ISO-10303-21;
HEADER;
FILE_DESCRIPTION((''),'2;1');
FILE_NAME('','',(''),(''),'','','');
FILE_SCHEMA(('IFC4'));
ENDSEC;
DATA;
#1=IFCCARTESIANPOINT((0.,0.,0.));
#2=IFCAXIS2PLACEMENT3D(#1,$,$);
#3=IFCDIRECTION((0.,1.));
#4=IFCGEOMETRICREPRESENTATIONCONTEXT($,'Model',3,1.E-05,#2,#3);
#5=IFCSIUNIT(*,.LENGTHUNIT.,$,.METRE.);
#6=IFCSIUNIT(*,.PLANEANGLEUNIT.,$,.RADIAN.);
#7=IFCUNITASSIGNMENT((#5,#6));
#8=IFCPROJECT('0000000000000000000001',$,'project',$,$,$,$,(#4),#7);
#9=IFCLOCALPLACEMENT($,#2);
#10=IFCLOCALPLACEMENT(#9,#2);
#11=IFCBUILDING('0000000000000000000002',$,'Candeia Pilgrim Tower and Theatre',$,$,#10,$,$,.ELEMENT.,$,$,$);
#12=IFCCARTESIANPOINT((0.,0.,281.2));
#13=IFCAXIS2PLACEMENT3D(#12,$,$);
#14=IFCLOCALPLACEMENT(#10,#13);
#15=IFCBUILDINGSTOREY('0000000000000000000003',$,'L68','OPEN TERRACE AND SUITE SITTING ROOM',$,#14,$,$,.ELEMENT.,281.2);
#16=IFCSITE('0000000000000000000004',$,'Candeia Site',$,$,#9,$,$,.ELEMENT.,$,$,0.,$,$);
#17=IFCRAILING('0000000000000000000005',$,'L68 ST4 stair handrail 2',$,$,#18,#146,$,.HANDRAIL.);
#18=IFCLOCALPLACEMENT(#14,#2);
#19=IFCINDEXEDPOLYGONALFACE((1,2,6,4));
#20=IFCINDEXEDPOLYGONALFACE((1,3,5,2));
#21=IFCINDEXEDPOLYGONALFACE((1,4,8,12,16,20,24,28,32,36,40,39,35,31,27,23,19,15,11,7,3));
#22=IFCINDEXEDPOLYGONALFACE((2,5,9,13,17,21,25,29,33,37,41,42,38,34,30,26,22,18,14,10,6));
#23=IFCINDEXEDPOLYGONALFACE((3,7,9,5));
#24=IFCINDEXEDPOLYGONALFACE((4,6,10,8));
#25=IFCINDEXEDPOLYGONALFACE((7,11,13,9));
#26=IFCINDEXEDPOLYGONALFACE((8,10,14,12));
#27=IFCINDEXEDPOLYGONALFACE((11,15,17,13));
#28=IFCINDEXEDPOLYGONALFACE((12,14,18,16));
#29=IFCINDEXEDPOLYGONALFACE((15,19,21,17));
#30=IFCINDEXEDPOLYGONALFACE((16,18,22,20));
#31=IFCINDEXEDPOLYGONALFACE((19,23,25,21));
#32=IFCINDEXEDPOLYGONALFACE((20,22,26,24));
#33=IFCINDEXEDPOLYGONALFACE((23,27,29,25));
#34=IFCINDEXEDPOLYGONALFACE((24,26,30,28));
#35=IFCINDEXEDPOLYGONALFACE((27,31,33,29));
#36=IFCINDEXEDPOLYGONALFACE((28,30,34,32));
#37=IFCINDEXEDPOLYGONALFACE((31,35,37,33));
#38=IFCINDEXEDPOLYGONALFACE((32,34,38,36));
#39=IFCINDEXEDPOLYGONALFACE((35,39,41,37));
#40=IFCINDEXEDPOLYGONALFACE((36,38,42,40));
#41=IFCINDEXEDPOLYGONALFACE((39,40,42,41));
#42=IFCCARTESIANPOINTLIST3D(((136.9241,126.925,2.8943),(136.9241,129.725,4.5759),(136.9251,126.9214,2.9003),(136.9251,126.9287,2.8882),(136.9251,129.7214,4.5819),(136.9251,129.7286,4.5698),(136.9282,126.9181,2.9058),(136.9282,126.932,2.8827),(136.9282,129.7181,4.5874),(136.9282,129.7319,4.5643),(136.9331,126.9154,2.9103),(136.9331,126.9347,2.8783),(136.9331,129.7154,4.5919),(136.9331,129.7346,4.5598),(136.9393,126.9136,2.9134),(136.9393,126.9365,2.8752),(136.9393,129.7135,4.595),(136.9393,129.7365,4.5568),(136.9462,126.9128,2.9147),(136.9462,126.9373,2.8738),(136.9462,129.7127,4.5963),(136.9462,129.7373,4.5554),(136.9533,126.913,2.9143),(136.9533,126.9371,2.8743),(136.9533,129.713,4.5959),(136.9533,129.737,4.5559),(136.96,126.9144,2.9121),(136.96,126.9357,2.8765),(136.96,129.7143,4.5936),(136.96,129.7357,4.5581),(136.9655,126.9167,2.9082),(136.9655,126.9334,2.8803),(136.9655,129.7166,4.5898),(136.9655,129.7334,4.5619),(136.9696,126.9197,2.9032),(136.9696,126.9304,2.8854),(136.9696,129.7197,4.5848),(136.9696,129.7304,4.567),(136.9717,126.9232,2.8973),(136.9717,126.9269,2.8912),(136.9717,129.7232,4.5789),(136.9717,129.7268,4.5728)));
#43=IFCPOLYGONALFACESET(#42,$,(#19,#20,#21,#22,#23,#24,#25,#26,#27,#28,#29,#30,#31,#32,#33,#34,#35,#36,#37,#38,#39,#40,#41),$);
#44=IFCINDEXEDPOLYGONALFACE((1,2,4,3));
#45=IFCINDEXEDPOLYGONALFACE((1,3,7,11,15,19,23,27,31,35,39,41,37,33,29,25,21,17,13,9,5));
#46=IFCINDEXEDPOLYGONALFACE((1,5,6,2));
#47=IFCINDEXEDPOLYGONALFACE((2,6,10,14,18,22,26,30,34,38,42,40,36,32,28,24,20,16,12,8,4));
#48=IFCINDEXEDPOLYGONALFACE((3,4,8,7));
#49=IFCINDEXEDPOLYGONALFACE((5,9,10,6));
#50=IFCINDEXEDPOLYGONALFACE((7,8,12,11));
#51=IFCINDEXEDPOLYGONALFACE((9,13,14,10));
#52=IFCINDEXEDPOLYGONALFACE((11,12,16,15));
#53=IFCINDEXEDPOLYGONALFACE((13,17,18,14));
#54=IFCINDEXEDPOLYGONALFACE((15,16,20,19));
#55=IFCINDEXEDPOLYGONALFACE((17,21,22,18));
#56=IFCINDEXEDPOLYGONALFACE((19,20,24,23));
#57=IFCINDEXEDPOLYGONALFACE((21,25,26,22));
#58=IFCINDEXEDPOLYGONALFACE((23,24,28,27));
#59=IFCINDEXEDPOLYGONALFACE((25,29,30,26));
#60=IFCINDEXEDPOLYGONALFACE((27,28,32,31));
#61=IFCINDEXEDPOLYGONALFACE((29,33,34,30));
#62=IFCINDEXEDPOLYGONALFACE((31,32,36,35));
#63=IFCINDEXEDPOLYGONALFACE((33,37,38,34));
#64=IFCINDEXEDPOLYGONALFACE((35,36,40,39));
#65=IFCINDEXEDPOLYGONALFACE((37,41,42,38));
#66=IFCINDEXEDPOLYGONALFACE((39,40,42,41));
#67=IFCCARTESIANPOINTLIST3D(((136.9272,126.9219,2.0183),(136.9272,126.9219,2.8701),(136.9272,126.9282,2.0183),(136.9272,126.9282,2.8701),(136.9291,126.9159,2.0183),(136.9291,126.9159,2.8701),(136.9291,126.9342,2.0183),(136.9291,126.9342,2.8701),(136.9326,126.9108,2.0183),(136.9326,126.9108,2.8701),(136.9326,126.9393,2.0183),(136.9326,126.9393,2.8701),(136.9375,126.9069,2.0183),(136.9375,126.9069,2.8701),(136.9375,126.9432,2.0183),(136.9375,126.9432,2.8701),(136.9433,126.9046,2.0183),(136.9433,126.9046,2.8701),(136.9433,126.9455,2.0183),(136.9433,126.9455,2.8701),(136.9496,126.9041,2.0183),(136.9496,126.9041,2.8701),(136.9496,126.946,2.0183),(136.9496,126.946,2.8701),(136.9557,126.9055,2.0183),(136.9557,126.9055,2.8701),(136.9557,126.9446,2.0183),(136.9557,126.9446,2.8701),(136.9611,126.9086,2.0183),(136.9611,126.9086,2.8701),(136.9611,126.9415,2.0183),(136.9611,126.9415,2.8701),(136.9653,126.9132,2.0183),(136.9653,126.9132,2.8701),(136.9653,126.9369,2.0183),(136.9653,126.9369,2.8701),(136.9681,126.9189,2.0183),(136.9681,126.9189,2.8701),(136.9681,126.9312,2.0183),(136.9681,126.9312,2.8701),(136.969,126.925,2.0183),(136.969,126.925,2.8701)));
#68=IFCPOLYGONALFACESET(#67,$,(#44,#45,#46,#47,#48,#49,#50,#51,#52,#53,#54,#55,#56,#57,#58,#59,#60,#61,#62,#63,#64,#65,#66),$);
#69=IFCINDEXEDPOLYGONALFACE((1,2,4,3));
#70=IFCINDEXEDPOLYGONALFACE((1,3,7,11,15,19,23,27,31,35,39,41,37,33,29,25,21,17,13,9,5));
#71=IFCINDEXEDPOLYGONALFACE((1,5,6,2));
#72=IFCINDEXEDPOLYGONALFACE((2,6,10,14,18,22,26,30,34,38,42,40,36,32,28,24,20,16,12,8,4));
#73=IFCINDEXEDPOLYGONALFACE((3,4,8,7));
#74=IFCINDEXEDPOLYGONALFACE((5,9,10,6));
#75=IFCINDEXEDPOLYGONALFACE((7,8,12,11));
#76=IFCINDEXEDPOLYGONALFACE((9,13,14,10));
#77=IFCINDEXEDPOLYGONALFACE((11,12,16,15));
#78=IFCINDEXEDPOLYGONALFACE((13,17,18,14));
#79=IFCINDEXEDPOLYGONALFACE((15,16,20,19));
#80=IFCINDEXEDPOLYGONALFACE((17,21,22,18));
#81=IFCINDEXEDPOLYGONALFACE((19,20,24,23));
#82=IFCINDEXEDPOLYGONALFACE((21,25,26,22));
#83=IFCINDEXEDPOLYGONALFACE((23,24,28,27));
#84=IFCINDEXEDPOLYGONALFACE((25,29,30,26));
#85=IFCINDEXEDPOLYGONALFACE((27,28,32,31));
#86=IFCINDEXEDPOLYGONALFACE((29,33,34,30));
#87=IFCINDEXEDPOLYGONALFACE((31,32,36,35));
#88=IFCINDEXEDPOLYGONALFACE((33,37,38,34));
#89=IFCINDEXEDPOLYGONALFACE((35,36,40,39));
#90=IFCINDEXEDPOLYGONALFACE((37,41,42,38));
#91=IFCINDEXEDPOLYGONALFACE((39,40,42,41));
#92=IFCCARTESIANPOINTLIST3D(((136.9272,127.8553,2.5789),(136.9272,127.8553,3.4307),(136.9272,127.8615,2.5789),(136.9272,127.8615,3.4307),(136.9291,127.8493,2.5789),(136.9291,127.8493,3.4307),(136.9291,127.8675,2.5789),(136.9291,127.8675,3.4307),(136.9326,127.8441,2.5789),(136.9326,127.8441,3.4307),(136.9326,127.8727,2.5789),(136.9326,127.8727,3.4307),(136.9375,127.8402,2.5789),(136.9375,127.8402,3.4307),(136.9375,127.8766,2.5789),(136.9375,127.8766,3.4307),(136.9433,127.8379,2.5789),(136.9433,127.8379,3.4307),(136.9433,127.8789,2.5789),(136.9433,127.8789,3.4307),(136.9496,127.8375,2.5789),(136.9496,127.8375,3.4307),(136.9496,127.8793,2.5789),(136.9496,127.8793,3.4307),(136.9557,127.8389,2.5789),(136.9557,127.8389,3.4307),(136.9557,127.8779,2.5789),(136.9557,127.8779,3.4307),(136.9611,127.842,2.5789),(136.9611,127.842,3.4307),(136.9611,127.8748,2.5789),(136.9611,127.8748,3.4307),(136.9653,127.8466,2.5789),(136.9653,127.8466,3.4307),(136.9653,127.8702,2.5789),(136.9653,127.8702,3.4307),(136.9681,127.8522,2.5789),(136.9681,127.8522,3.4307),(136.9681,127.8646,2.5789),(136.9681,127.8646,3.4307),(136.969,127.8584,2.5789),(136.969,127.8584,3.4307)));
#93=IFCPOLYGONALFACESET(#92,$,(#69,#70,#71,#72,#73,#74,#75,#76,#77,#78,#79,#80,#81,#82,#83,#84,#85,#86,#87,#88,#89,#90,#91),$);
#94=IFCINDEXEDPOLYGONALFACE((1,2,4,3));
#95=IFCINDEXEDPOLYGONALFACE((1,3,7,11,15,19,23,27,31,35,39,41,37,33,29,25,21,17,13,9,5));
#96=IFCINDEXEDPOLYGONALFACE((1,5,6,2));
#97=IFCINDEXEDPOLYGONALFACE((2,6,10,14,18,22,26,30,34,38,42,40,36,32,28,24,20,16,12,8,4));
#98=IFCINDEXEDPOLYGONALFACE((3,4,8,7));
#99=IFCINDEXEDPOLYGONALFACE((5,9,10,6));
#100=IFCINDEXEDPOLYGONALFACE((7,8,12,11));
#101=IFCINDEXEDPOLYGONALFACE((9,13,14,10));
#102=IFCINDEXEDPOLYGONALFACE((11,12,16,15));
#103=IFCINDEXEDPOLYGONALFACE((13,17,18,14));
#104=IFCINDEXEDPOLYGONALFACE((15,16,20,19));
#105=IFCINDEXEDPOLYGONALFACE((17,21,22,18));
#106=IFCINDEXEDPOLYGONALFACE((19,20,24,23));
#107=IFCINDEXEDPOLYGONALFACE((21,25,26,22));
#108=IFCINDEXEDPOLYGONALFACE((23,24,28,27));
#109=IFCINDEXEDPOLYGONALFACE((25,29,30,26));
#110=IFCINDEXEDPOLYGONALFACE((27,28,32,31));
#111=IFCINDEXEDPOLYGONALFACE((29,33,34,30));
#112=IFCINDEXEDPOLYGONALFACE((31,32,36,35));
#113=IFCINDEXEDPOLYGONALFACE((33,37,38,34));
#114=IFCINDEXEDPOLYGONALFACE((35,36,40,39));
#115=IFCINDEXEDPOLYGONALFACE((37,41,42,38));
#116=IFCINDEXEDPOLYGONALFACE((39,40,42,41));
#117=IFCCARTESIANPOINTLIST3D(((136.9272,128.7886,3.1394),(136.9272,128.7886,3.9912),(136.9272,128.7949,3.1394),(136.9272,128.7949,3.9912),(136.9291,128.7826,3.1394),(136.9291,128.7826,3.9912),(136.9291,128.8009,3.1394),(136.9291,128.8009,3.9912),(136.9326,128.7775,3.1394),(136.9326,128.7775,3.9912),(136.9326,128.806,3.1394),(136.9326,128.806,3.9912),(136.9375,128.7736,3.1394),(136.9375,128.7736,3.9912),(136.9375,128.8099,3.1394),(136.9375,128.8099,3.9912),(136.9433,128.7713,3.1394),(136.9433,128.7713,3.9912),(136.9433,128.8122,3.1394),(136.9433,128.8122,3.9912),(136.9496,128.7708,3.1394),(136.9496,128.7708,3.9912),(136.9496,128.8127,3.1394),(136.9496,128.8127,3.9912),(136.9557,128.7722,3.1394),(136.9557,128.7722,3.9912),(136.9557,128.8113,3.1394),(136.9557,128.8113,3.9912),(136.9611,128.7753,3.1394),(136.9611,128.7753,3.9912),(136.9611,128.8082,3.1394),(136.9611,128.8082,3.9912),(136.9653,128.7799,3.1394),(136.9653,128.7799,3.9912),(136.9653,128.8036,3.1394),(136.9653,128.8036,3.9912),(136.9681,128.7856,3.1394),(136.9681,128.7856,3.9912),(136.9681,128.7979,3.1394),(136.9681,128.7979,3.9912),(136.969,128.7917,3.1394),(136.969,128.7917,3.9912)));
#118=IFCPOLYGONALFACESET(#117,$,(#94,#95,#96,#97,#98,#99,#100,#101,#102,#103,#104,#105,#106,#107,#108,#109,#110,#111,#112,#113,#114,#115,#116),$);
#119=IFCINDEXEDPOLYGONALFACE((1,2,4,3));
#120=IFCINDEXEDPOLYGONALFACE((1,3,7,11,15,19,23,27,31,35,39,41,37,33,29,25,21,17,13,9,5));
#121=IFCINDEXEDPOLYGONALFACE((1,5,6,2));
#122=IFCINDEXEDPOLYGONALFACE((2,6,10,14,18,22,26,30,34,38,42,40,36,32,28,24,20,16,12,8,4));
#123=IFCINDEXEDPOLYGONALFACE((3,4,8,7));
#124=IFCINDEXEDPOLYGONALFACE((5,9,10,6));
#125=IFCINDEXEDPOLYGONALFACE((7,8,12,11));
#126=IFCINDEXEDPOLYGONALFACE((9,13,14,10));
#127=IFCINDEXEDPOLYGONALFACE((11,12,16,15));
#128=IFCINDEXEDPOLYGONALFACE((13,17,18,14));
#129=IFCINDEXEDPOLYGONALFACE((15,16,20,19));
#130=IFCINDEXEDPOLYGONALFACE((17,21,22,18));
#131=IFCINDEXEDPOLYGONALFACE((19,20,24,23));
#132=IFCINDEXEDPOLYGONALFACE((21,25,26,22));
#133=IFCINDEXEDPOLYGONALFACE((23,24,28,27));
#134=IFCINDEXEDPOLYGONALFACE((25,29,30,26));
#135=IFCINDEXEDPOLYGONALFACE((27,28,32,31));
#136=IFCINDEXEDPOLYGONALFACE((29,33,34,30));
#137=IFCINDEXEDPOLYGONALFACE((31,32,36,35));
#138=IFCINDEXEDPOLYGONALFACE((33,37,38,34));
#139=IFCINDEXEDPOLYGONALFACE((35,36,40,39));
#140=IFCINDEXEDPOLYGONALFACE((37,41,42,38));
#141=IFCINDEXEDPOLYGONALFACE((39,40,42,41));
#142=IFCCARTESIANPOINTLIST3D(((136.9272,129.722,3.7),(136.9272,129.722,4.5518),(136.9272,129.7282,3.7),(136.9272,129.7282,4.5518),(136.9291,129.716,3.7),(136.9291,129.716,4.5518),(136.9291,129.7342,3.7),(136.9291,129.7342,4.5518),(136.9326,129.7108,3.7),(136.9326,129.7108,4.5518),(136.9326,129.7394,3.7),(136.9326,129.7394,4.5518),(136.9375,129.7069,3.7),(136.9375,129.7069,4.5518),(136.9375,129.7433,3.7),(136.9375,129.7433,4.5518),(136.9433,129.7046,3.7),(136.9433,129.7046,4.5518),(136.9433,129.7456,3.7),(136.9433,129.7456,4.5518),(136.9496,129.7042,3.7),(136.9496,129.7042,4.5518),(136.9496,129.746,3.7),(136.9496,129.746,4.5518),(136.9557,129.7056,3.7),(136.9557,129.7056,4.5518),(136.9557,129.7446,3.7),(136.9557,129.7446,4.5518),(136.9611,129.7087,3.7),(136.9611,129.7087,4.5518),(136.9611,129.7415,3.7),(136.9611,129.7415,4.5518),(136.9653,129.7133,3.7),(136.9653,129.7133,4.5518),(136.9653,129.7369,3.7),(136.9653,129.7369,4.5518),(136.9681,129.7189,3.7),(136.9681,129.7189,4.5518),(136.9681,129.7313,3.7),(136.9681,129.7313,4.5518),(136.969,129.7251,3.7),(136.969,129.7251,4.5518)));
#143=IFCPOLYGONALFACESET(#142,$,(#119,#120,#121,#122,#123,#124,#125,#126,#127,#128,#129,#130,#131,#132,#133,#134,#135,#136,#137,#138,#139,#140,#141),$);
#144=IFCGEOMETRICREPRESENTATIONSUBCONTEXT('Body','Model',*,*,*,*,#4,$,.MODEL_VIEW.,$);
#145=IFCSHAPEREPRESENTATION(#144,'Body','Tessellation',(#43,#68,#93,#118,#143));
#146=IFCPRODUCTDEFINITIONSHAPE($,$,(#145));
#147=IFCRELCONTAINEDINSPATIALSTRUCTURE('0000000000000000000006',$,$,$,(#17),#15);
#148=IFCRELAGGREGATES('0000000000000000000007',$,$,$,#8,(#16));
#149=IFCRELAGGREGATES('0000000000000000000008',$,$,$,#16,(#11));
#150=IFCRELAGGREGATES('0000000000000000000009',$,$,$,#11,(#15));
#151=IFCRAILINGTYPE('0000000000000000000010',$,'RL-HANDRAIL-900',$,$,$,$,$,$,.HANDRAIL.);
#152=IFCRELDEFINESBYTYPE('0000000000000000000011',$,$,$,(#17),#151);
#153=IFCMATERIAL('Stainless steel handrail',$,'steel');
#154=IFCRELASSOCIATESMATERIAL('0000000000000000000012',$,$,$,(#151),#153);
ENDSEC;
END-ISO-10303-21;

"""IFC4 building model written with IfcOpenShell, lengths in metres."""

from ifc_helpers import new_model, si_unit, direction, frame, origin, origin_2d, place, context, subcontext, project, spatial, circle, extrude, material, type_object, element, save


model = new_model("IFC4")

# Units and contexts
model_context = context("Model", 3, precision=1e-05, world=origin(), true_north=direction((0.0, 1.0)))
body_context = subcontext(model_context, "Body", "Model", "MODEL_VIEW")
ifc_project = project(units=[si_unit("LENGTHUNIT", "METRE"), si_unit("PLANEANGLEUNIT", "RADIAN")], contexts=[model_context])

# Site, building, storey
site_placement = place(None, origin())
site = spatial("IfcSite", under=ifc_project, at=site_placement, Name="Candeia Site", CompositionType="ELEMENT", RefElevation=0.0)
building_placement = place(site_placement, origin())
building = spatial("IfcBuilding", under=site, at=building_placement, Name="Candeia Pilgrim Tower and Theatre", CompositionType="ELEMENT")
storey_placement = place(building_placement, frame((0.0, 0.0, 281.2)))
storey = spatial("IfcBuildingStorey", under=building, at=storey_placement, Name="L68", Description="OPEN TERRACE AND SUITE SITTING ROOM", CompositionType="ELEMENT", Elevation=281.2)

# Railing
ifc_material_1 = material(Name="Stainless steel handrail", Category="steel")
railing_type_1 = type_object("IfcRailingType", Name="RL-HANDRAIL-900", PredefinedType="HANDRAIL", material=ifc_material_1)
railing_1_placement = place(storey_placement, frame((136.948, 126.925, 2.0183)))
element("IfcRailing", 1, at=railing_1_placement, inside=storey, type_object=railing_type_1, Name="L68 ST4 stair handrail 2", PredefinedType="HANDRAIL", context=body_context, shape_type="SweptSolid", body=[
    extrude(circle(Radius=0.0239, at=origin_2d()), frame((0.0, 0.0, 0.876), z_axis=(0.0, 0.857275, 0.514858), x_axis=(-1.0, 0.0, 0.0)), (0.0, 0.0, 1.0), 3.2661),
    extrude(circle(Radius=0.021, at=origin_2d()), origin(), (0.0, 0.0, 1.0), 0.8518),
    extrude(circle(Radius=0.021, at=origin_2d()), frame((0.0, 0.9333, 0.5605)), (0.0, 0.0, 1.0), 0.8518),
    extrude(circle(Radius=0.021, at=origin_2d()), frame((0.0, 1.8667, 1.1211)), (0.0, 0.0, 1.0), 0.8518),
    extrude(circle(Radius=0.021, at=origin_2d()), frame((0.0, 2.8, 1.6816)), (0.0, 0.0, 1.0), 0.8518),
])

save(model, "model.ifc")
